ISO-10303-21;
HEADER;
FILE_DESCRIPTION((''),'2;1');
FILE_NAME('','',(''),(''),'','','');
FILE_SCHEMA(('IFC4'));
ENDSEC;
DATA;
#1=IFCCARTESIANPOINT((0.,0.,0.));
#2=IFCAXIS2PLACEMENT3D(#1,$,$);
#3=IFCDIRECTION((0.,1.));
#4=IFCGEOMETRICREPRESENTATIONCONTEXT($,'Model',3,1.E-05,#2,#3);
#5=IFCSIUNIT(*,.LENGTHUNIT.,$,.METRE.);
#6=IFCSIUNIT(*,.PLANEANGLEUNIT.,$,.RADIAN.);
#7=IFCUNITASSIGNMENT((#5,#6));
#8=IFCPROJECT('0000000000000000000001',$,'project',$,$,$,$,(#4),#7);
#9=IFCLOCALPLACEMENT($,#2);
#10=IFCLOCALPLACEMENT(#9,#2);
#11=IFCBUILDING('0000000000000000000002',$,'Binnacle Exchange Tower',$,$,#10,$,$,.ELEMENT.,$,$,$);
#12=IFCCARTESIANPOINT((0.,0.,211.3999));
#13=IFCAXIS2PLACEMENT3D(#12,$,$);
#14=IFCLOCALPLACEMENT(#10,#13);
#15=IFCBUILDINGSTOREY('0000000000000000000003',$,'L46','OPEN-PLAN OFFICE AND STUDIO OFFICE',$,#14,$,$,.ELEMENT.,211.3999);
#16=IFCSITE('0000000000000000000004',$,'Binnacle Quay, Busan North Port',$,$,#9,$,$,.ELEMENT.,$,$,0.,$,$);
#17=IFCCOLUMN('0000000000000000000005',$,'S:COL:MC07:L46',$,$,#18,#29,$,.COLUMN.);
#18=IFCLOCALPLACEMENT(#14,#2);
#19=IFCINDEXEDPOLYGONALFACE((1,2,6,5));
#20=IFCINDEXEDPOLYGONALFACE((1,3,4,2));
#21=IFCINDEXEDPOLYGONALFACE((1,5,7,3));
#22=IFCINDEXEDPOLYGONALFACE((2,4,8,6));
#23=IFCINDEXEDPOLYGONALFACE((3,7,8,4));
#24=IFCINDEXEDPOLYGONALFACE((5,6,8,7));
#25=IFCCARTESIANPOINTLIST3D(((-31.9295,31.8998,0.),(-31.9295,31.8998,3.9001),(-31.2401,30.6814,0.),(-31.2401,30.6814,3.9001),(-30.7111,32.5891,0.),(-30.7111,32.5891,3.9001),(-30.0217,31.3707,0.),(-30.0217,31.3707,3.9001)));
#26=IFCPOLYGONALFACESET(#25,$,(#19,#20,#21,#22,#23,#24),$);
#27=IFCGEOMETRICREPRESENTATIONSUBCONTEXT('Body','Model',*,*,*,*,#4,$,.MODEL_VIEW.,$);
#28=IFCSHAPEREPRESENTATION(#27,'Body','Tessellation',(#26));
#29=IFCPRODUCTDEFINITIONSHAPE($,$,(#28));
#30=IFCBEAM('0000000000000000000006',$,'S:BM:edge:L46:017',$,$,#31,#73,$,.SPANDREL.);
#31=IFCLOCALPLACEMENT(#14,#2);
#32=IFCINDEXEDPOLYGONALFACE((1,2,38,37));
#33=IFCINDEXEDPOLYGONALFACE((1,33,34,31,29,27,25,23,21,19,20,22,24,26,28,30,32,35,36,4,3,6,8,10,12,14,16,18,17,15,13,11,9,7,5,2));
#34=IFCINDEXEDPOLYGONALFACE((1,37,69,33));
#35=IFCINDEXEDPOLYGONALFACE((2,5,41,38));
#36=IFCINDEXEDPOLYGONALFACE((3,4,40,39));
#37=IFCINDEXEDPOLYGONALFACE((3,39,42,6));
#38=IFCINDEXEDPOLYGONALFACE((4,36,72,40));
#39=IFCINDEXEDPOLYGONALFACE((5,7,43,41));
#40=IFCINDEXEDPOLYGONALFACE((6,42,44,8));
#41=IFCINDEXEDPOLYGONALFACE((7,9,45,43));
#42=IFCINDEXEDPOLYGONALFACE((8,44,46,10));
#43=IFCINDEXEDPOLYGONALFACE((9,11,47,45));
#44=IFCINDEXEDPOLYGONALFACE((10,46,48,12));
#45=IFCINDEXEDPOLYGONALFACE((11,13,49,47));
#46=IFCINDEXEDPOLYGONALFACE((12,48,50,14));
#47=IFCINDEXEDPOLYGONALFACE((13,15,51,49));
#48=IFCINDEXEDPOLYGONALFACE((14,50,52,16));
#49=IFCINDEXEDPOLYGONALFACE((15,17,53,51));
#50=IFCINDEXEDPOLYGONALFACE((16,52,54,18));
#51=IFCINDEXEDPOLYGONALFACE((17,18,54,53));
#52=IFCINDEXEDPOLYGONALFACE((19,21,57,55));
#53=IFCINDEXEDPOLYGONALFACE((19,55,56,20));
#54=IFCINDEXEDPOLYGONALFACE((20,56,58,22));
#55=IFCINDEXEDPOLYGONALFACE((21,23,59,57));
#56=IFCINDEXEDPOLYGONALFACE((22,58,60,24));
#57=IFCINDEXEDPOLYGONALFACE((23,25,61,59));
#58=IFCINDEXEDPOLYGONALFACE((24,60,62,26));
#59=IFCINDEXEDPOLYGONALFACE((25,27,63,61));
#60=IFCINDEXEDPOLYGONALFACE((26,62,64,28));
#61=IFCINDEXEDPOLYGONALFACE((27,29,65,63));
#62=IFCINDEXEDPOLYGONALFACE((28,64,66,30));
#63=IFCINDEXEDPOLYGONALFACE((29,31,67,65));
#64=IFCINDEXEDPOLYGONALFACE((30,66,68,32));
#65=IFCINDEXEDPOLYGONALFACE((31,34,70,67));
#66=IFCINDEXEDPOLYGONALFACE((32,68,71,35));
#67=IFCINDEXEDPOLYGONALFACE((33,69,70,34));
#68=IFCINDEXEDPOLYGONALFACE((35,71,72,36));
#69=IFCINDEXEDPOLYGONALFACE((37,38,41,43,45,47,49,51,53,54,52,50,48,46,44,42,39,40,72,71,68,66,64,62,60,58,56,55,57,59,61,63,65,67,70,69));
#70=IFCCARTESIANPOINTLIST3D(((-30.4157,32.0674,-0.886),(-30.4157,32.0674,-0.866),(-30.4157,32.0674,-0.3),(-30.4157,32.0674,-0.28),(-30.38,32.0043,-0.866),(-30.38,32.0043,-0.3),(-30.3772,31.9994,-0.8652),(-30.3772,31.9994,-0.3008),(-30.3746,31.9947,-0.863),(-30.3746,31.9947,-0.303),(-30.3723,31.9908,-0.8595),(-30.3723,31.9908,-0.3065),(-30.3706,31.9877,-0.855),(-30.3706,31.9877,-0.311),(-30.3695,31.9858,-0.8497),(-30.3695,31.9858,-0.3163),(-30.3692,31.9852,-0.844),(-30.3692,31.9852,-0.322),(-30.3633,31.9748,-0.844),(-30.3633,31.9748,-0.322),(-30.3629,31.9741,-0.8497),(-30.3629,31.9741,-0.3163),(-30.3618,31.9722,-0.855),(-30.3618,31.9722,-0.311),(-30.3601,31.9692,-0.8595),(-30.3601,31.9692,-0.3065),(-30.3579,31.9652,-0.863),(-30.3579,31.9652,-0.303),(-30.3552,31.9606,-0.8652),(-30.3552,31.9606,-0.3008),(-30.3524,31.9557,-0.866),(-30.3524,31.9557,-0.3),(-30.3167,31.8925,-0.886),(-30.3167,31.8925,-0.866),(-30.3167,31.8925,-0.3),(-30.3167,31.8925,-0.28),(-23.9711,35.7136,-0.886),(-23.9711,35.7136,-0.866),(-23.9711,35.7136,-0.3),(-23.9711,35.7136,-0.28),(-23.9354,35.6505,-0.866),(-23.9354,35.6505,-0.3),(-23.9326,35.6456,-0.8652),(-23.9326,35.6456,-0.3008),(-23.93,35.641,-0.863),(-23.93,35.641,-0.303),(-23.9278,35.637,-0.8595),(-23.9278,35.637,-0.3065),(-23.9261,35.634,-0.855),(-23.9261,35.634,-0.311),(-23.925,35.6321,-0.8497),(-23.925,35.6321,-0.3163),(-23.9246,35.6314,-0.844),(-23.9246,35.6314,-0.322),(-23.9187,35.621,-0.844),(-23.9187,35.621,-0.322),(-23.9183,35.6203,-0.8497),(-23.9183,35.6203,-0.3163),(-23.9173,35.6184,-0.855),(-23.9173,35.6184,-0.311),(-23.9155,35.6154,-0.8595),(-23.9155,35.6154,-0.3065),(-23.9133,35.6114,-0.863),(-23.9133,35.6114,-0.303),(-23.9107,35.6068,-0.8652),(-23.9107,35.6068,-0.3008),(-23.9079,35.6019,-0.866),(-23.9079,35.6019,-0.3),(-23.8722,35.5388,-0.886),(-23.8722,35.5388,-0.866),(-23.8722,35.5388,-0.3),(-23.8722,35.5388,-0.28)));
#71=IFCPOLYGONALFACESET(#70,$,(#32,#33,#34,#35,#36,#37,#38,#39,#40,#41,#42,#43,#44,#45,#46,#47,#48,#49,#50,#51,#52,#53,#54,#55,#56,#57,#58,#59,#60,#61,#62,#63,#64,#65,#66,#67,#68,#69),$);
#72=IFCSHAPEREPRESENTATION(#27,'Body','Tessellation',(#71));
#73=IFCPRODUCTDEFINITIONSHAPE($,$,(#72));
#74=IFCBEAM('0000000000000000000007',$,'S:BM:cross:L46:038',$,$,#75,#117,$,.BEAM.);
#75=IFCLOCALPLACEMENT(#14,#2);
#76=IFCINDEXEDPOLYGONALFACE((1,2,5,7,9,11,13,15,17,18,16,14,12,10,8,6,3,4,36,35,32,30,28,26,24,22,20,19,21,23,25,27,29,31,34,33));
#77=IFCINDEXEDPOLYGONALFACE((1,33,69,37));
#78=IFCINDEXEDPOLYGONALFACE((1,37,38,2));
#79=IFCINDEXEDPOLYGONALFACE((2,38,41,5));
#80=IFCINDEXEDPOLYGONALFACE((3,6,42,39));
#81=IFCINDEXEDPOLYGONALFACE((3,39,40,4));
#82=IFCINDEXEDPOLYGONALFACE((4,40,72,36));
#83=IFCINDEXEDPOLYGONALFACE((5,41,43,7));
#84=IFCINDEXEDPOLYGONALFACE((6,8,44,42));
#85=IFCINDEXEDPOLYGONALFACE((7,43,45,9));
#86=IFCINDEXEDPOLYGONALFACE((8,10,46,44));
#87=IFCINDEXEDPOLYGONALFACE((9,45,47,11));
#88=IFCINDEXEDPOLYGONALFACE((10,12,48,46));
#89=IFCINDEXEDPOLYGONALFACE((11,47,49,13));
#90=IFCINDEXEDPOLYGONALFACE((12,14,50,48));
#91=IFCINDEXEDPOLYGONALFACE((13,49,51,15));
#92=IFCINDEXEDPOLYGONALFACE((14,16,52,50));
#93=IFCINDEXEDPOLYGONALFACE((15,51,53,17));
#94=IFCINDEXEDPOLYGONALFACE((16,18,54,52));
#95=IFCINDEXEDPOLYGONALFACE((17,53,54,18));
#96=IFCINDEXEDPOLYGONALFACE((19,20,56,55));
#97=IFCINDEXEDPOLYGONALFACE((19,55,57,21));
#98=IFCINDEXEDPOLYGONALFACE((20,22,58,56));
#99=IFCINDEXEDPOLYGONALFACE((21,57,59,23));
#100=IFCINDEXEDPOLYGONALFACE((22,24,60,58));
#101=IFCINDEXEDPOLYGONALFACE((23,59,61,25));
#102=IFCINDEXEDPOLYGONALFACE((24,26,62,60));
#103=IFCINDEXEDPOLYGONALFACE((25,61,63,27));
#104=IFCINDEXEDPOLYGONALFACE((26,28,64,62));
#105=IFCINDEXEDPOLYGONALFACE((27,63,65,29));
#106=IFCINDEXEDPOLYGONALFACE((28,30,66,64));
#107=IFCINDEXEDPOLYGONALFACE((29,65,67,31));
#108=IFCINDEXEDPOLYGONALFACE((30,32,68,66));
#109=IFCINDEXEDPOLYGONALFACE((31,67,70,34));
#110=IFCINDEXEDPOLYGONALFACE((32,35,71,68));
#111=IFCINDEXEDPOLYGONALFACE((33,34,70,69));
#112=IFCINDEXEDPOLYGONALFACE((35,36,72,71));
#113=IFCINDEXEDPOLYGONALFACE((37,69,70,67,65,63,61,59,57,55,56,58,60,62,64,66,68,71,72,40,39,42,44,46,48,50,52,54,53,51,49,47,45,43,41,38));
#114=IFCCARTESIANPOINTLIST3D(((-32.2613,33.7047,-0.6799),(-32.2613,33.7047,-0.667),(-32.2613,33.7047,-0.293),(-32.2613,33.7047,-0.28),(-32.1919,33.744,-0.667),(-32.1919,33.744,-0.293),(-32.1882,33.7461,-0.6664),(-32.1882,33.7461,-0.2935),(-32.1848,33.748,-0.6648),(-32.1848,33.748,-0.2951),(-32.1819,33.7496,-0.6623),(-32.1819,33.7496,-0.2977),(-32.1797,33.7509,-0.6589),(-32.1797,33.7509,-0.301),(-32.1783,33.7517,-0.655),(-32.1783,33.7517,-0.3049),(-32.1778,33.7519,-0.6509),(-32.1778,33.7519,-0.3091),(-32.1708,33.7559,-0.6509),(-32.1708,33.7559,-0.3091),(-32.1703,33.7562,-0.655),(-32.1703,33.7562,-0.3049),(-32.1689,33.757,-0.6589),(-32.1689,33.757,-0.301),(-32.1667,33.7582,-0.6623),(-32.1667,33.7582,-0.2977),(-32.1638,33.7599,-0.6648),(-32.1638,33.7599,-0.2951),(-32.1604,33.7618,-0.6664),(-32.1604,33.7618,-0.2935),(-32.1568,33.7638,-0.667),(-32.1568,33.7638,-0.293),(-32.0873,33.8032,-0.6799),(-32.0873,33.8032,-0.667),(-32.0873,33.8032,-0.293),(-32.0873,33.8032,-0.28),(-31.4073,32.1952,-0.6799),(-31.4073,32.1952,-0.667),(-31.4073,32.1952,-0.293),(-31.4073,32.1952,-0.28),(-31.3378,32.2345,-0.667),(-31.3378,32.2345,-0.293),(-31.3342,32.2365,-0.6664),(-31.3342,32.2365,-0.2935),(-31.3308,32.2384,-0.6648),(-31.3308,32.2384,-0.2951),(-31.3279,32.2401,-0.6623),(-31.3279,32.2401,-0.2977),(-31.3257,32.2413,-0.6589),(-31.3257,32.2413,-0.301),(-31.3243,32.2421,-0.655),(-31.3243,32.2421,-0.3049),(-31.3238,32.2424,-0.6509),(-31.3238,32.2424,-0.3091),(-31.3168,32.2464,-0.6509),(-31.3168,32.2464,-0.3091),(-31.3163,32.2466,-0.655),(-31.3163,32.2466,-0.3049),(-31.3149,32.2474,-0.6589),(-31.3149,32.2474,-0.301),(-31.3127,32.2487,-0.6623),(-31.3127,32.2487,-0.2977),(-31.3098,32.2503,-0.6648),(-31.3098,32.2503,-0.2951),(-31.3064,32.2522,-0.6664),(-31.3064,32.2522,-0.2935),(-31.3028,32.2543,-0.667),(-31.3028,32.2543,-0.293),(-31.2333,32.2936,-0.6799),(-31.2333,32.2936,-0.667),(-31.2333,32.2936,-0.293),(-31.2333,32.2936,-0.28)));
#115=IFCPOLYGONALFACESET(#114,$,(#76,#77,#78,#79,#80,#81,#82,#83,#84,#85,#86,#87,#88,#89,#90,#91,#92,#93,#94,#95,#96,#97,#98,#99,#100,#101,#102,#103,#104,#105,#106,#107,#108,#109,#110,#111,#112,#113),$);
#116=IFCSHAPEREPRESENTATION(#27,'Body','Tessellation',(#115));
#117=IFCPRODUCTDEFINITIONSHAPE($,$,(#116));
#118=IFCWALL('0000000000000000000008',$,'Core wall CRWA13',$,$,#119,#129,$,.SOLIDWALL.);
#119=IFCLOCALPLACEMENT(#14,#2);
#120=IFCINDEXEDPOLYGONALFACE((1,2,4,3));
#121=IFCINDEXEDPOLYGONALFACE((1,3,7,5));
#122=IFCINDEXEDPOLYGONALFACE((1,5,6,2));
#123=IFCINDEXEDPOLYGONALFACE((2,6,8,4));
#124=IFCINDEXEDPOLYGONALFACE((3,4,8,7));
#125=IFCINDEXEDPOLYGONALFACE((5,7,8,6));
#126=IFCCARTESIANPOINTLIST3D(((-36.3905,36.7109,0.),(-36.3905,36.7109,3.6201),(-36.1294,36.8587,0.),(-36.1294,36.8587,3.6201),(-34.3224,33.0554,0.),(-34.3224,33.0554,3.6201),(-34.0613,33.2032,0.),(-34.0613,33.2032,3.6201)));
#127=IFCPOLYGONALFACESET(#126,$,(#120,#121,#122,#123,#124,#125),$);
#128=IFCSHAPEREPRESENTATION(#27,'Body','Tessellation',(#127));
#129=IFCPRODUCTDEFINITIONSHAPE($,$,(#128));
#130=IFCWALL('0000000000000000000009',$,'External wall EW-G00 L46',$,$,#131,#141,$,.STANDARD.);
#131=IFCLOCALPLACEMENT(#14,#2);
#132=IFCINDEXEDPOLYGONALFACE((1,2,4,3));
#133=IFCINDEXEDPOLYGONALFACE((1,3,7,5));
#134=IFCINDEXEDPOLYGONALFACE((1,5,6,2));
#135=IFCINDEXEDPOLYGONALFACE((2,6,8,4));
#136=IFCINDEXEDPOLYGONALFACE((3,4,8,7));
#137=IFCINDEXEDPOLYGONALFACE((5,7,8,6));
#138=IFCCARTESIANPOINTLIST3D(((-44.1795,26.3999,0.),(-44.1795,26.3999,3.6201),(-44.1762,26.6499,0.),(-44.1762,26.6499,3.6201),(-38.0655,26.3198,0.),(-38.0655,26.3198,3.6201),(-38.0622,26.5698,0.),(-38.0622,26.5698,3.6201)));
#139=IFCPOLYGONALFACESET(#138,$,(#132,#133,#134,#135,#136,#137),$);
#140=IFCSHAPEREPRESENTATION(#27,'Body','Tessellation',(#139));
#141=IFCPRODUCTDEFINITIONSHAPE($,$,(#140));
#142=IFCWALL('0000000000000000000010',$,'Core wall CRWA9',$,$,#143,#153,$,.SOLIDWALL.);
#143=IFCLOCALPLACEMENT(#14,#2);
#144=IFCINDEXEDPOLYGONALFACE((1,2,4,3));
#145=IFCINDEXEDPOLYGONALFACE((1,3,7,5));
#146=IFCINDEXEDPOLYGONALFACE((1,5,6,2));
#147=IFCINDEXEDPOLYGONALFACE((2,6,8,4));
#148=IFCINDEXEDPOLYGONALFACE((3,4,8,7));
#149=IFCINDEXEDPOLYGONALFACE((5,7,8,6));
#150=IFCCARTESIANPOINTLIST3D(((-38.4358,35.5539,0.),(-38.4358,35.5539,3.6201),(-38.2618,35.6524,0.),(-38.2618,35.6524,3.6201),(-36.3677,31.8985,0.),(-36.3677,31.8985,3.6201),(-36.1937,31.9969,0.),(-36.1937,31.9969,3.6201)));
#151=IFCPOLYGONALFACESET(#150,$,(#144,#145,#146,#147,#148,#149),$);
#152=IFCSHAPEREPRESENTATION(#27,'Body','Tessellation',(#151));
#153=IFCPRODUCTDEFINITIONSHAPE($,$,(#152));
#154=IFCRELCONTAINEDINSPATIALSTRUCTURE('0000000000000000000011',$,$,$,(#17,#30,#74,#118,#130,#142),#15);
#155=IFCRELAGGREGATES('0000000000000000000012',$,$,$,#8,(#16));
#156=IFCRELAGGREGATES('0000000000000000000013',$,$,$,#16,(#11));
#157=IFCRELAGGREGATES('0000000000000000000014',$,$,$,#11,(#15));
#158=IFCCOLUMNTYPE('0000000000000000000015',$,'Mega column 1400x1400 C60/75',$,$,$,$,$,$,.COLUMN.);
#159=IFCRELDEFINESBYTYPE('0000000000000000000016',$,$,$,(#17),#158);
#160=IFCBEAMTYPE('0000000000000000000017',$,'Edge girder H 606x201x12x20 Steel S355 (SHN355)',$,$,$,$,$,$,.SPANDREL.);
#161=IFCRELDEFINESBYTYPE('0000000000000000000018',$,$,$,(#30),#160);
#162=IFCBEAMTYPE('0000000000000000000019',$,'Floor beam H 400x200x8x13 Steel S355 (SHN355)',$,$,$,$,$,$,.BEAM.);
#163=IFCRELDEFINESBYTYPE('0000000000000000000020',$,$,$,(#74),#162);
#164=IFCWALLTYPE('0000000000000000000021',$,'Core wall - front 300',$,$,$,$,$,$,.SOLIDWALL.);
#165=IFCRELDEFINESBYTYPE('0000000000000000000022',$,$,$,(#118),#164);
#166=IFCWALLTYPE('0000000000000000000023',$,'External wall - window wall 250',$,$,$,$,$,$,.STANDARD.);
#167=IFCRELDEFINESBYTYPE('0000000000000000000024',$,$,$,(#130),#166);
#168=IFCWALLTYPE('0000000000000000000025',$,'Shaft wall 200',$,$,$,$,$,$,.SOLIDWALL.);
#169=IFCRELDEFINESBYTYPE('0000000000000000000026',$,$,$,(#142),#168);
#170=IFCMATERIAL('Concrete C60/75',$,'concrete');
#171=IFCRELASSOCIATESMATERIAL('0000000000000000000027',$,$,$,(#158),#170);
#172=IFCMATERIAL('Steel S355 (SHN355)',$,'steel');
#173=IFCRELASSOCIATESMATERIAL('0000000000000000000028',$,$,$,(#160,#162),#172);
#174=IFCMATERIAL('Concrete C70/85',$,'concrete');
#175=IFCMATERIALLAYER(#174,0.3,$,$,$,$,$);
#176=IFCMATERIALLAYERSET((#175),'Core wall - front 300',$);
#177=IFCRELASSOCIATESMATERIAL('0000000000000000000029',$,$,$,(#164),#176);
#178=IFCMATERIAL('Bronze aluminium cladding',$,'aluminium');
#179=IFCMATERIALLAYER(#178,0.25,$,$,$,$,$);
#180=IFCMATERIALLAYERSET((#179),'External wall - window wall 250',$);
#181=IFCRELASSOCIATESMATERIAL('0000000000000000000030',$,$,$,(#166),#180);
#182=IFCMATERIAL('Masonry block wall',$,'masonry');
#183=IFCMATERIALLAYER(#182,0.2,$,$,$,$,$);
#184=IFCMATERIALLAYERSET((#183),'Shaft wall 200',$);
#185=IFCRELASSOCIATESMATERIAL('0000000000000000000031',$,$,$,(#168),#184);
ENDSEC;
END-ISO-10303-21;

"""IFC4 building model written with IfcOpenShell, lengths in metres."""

from ifc_helpers import new_model, si_unit, direction, frame, frame_2d, origin, origin_2d, place, context, subcontext, project, spatial, rectangle, i_section, extrude, material, layer, layer_set, material_profile, profile_set, type_object, element, save


model = new_model("IFC4")

# Units and contexts
model_context = context("Model", 3, precision=1e-05, world=origin(), true_north=direction((0.0, 1.0)))
body_context = subcontext(model_context, "Body", "Model", "MODEL_VIEW")
ifc_project = project(units=[si_unit("LENGTHUNIT", "METRE"), si_unit("PLANEANGLEUNIT", "RADIAN")], contexts=[model_context])

# Site, building, storey
site_placement = place(None, origin())
site = spatial("IfcSite", under=ifc_project, at=site_placement, Name="Binnacle Quay, Busan North Port", CompositionType="ELEMENT", RefElevation=0.0)
building_placement = place(site_placement, origin())
building = spatial("IfcBuilding", under=site, at=building_placement, Name="Binnacle Exchange Tower", CompositionType="ELEMENT")
storey_placement = place(building_placement, frame((0.0, 0.0, 211.3999)))
storey = spatial("IfcBuildingStorey", under=building, at=storey_placement, Name="L46", Description="OPEN-PLAN OFFICE AND STUDIO OFFICE", CompositionType="ELEMENT", Elevation=211.3999)

# Column
ifc_material_1 = material(Name="Concrete C60/75", Category="concrete")
ifc_material_profile_1 = material_profile(ifc_material_1, rectangle(XDim=1.3999, YDim=1.3999, at=origin_2d()), Name="Mega column 1400x1400 C60/75")
ifc_profile_set_1 = profile_set([ifc_material_profile_1], Name="Concrete C60/75")
column_type = type_object("IfcColumnType", Name="Mega column 1400x1400 C60/75", PredefinedType="COLUMN", material=ifc_profile_set_1)
column_placement = place(storey_placement, frame((-30.9756, 31.6353, 0.0), z_axis=(0.0, 0.0, 1.0), x_axis=(0.870356, 0.492424, 0.0)))
element("IfcColumn", 1, at=column_placement, inside=storey, type_object=column_type, Name="S:COL:MC07:L46", PredefinedType="COLUMN", context=body_context, shape_type="SweptSolid", body=[
    extrude(rectangle(XDim=1.3999, YDim=1.3999, at=origin_2d()), origin(), (0.0, 0.0, 1.0), 3.9001),
])

# Beams
ifc_material_2 = material(Name="Steel S355 (SHN355)", Category="steel")
ifc_material_profile_2 = material_profile(ifc_material_2, i_section(OverallWidth=0.2009, OverallDepth=0.606, WebThickness=0.012, FlangeThickness=0.02, FilletRadius=0.022, at=origin_2d()), Name="H 606x201x12x20")
ifc_profile_set_2 = profile_set([ifc_material_profile_2], Name="Steel S355 (SHN355)")
beam_type_1 = type_object("IfcBeamType", Name="Edge girder H 606x201x12x20 Steel S355 (SHN355)", PredefinedType="SPANDREL", material=ifc_profile_set_2)
beam_1_placement = place(storey_placement, frame((-30.3662, 31.98, -0.583), z_axis=(0.870352, 0.492431, 0.0), x_axis=(-0.492431, 0.870352, 0.0)))
element("IfcBeam", 2, at=beam_1_placement, inside=storey, type_object=beam_type_1, Name="S:BM:edge:L46:017", PredefinedType="SPANDREL", context=body_context, shape_type="SweptSolid", body=[
    extrude(i_section(OverallWidth=0.2009, OverallDepth=0.606, WebThickness=0.012, FlangeThickness=0.02, FilletRadius=0.022, at=origin_2d()), origin(), (0.0, 0.0, 1.0), 7.4045),
])
ifc_material_profile_3 = material_profile(ifc_material_2, i_section(OverallWidth=0.2, OverallDepth=0.3999, WebThickness=0.0081, FlangeThickness=0.0129, FilletRadius=0.0161, at=origin_2d()), Name="H 400x200x8x13")
ifc_profile_set_3 = profile_set([ifc_material_profile_3], Name="Steel S355 (SHN355)")
beam_type_2 = type_object("IfcBeamType", Name="Floor beam H 400x200x8x13 Steel S355 (SHN355)", PredefinedType="BEAM", material=ifc_profile_set_3)
beam_2_placement = place(storey_placement, frame((-31.3203, 32.2444, -0.48), z_axis=(-0.492405, 0.870366, 0.0), x_axis=(-0.870366, -0.492405, 0.0)))
element("IfcBeam", 3, at=beam_2_placement, inside=storey, type_object=beam_type_2, Name="S:BM:cross:L46:038", PredefinedType="BEAM", context=body_context, shape_type="SweptSolid", body=[
    extrude(i_section(OverallWidth=0.2, OverallDepth=0.3999, WebThickness=0.0081, FlangeThickness=0.0129, FilletRadius=0.0161, at=origin_2d()), origin(), (0.0, 0.0, 1.0), 1.7344),
])

# Walls
ifc_material_3 = material(Name="Concrete C70/85", Category="concrete")
ifc_layer_1 = layer(ifc_material_3, 0.3)
ifc_layer_set_1 = layer_set([ifc_layer_1], Name="Core wall - front 300")
wall_type_1 = type_object("IfcWallType", Name="Core wall - front 300", PredefinedType="SOLIDWALL", material=ifc_layer_set_1)
wall_1_placement = place(storey_placement, frame((-36.26, 36.7849, 0.0), z_axis=(0.0, 0.0, 1.0), x_axis=(0.49241, -0.870364, 0.0)))
element("IfcWall", 4, at=wall_1_placement, inside=storey, type_object=wall_type_1, Name="Core wall CRWA13", PredefinedType="SOLIDWALL", context=body_context, shape_type="SweptSolid", body=[
    extrude(rectangle(XDim=4.2, YDim=0.3, at=frame_2d((2.1001, 0.0))), origin(), (0.0, 0.0, 1.0), 3.6201),
])
ifc_material_4 = material(Name="Bronze aluminium cladding", Category="aluminium")
ifc_layer_2 = layer(ifc_material_4, 0.25)
ifc_layer_set_2 = layer_set([ifc_layer_2], Name="External wall - window wall 250")
wall_type_2 = type_object("IfcWallType", Name="External wall - window wall 250", PredefinedType="STANDARD", material=ifc_layer_set_2)
wall_2_placement = place(storey_placement, frame((-38.064, 26.4448, 0.0), z_axis=(0.0, 0.0, 1.0), x_axis=(-0.999914, 0.013096, 0.0)))
element("IfcWall", 5, at=wall_2_placement, inside=storey, type_object=wall_type_2, Name="External wall EW-G00 L46", PredefinedType="STANDARD", context=body_context, shape_type="SweptSolid", body=[
    extrude(rectangle(XDim=6.1145, YDim=0.25, at=frame_2d((3.0571, 0.0))), origin(), (0.0, 0.0, 1.0), 3.6201),
])
ifc_material_5 = material(Name="Masonry block wall", Category="masonry")
ifc_layer_3 = layer(ifc_material_5, 0.2)
ifc_layer_set_3 = layer_set([ifc_layer_3], Name="Shaft wall 200")
wall_type_3 = type_object("IfcWallType", Name="Shaft wall 200", PredefinedType="SOLIDWALL", material=ifc_layer_set_3)
wall_3_placement = place(storey_placement, frame((-38.3489, 35.6033, 0.0), z_axis=(0.0, 0.0, 1.0), x_axis=(0.49241, -0.870364, 0.0)))
element("IfcWall", 6, at=wall_3_placement, inside=storey, type_object=wall_type_3, Name="Core wall CRWA9", PredefinedType="SOLIDWALL", context=body_context, shape_type="SweptSolid", body=[
    extrude(rectangle(XDim=4.2, YDim=0.2, at=frame_2d((2.1001, 0.0))), origin(), (0.0, 0.0, 1.0), 3.6201),
])

save(model, "model.ifc")
